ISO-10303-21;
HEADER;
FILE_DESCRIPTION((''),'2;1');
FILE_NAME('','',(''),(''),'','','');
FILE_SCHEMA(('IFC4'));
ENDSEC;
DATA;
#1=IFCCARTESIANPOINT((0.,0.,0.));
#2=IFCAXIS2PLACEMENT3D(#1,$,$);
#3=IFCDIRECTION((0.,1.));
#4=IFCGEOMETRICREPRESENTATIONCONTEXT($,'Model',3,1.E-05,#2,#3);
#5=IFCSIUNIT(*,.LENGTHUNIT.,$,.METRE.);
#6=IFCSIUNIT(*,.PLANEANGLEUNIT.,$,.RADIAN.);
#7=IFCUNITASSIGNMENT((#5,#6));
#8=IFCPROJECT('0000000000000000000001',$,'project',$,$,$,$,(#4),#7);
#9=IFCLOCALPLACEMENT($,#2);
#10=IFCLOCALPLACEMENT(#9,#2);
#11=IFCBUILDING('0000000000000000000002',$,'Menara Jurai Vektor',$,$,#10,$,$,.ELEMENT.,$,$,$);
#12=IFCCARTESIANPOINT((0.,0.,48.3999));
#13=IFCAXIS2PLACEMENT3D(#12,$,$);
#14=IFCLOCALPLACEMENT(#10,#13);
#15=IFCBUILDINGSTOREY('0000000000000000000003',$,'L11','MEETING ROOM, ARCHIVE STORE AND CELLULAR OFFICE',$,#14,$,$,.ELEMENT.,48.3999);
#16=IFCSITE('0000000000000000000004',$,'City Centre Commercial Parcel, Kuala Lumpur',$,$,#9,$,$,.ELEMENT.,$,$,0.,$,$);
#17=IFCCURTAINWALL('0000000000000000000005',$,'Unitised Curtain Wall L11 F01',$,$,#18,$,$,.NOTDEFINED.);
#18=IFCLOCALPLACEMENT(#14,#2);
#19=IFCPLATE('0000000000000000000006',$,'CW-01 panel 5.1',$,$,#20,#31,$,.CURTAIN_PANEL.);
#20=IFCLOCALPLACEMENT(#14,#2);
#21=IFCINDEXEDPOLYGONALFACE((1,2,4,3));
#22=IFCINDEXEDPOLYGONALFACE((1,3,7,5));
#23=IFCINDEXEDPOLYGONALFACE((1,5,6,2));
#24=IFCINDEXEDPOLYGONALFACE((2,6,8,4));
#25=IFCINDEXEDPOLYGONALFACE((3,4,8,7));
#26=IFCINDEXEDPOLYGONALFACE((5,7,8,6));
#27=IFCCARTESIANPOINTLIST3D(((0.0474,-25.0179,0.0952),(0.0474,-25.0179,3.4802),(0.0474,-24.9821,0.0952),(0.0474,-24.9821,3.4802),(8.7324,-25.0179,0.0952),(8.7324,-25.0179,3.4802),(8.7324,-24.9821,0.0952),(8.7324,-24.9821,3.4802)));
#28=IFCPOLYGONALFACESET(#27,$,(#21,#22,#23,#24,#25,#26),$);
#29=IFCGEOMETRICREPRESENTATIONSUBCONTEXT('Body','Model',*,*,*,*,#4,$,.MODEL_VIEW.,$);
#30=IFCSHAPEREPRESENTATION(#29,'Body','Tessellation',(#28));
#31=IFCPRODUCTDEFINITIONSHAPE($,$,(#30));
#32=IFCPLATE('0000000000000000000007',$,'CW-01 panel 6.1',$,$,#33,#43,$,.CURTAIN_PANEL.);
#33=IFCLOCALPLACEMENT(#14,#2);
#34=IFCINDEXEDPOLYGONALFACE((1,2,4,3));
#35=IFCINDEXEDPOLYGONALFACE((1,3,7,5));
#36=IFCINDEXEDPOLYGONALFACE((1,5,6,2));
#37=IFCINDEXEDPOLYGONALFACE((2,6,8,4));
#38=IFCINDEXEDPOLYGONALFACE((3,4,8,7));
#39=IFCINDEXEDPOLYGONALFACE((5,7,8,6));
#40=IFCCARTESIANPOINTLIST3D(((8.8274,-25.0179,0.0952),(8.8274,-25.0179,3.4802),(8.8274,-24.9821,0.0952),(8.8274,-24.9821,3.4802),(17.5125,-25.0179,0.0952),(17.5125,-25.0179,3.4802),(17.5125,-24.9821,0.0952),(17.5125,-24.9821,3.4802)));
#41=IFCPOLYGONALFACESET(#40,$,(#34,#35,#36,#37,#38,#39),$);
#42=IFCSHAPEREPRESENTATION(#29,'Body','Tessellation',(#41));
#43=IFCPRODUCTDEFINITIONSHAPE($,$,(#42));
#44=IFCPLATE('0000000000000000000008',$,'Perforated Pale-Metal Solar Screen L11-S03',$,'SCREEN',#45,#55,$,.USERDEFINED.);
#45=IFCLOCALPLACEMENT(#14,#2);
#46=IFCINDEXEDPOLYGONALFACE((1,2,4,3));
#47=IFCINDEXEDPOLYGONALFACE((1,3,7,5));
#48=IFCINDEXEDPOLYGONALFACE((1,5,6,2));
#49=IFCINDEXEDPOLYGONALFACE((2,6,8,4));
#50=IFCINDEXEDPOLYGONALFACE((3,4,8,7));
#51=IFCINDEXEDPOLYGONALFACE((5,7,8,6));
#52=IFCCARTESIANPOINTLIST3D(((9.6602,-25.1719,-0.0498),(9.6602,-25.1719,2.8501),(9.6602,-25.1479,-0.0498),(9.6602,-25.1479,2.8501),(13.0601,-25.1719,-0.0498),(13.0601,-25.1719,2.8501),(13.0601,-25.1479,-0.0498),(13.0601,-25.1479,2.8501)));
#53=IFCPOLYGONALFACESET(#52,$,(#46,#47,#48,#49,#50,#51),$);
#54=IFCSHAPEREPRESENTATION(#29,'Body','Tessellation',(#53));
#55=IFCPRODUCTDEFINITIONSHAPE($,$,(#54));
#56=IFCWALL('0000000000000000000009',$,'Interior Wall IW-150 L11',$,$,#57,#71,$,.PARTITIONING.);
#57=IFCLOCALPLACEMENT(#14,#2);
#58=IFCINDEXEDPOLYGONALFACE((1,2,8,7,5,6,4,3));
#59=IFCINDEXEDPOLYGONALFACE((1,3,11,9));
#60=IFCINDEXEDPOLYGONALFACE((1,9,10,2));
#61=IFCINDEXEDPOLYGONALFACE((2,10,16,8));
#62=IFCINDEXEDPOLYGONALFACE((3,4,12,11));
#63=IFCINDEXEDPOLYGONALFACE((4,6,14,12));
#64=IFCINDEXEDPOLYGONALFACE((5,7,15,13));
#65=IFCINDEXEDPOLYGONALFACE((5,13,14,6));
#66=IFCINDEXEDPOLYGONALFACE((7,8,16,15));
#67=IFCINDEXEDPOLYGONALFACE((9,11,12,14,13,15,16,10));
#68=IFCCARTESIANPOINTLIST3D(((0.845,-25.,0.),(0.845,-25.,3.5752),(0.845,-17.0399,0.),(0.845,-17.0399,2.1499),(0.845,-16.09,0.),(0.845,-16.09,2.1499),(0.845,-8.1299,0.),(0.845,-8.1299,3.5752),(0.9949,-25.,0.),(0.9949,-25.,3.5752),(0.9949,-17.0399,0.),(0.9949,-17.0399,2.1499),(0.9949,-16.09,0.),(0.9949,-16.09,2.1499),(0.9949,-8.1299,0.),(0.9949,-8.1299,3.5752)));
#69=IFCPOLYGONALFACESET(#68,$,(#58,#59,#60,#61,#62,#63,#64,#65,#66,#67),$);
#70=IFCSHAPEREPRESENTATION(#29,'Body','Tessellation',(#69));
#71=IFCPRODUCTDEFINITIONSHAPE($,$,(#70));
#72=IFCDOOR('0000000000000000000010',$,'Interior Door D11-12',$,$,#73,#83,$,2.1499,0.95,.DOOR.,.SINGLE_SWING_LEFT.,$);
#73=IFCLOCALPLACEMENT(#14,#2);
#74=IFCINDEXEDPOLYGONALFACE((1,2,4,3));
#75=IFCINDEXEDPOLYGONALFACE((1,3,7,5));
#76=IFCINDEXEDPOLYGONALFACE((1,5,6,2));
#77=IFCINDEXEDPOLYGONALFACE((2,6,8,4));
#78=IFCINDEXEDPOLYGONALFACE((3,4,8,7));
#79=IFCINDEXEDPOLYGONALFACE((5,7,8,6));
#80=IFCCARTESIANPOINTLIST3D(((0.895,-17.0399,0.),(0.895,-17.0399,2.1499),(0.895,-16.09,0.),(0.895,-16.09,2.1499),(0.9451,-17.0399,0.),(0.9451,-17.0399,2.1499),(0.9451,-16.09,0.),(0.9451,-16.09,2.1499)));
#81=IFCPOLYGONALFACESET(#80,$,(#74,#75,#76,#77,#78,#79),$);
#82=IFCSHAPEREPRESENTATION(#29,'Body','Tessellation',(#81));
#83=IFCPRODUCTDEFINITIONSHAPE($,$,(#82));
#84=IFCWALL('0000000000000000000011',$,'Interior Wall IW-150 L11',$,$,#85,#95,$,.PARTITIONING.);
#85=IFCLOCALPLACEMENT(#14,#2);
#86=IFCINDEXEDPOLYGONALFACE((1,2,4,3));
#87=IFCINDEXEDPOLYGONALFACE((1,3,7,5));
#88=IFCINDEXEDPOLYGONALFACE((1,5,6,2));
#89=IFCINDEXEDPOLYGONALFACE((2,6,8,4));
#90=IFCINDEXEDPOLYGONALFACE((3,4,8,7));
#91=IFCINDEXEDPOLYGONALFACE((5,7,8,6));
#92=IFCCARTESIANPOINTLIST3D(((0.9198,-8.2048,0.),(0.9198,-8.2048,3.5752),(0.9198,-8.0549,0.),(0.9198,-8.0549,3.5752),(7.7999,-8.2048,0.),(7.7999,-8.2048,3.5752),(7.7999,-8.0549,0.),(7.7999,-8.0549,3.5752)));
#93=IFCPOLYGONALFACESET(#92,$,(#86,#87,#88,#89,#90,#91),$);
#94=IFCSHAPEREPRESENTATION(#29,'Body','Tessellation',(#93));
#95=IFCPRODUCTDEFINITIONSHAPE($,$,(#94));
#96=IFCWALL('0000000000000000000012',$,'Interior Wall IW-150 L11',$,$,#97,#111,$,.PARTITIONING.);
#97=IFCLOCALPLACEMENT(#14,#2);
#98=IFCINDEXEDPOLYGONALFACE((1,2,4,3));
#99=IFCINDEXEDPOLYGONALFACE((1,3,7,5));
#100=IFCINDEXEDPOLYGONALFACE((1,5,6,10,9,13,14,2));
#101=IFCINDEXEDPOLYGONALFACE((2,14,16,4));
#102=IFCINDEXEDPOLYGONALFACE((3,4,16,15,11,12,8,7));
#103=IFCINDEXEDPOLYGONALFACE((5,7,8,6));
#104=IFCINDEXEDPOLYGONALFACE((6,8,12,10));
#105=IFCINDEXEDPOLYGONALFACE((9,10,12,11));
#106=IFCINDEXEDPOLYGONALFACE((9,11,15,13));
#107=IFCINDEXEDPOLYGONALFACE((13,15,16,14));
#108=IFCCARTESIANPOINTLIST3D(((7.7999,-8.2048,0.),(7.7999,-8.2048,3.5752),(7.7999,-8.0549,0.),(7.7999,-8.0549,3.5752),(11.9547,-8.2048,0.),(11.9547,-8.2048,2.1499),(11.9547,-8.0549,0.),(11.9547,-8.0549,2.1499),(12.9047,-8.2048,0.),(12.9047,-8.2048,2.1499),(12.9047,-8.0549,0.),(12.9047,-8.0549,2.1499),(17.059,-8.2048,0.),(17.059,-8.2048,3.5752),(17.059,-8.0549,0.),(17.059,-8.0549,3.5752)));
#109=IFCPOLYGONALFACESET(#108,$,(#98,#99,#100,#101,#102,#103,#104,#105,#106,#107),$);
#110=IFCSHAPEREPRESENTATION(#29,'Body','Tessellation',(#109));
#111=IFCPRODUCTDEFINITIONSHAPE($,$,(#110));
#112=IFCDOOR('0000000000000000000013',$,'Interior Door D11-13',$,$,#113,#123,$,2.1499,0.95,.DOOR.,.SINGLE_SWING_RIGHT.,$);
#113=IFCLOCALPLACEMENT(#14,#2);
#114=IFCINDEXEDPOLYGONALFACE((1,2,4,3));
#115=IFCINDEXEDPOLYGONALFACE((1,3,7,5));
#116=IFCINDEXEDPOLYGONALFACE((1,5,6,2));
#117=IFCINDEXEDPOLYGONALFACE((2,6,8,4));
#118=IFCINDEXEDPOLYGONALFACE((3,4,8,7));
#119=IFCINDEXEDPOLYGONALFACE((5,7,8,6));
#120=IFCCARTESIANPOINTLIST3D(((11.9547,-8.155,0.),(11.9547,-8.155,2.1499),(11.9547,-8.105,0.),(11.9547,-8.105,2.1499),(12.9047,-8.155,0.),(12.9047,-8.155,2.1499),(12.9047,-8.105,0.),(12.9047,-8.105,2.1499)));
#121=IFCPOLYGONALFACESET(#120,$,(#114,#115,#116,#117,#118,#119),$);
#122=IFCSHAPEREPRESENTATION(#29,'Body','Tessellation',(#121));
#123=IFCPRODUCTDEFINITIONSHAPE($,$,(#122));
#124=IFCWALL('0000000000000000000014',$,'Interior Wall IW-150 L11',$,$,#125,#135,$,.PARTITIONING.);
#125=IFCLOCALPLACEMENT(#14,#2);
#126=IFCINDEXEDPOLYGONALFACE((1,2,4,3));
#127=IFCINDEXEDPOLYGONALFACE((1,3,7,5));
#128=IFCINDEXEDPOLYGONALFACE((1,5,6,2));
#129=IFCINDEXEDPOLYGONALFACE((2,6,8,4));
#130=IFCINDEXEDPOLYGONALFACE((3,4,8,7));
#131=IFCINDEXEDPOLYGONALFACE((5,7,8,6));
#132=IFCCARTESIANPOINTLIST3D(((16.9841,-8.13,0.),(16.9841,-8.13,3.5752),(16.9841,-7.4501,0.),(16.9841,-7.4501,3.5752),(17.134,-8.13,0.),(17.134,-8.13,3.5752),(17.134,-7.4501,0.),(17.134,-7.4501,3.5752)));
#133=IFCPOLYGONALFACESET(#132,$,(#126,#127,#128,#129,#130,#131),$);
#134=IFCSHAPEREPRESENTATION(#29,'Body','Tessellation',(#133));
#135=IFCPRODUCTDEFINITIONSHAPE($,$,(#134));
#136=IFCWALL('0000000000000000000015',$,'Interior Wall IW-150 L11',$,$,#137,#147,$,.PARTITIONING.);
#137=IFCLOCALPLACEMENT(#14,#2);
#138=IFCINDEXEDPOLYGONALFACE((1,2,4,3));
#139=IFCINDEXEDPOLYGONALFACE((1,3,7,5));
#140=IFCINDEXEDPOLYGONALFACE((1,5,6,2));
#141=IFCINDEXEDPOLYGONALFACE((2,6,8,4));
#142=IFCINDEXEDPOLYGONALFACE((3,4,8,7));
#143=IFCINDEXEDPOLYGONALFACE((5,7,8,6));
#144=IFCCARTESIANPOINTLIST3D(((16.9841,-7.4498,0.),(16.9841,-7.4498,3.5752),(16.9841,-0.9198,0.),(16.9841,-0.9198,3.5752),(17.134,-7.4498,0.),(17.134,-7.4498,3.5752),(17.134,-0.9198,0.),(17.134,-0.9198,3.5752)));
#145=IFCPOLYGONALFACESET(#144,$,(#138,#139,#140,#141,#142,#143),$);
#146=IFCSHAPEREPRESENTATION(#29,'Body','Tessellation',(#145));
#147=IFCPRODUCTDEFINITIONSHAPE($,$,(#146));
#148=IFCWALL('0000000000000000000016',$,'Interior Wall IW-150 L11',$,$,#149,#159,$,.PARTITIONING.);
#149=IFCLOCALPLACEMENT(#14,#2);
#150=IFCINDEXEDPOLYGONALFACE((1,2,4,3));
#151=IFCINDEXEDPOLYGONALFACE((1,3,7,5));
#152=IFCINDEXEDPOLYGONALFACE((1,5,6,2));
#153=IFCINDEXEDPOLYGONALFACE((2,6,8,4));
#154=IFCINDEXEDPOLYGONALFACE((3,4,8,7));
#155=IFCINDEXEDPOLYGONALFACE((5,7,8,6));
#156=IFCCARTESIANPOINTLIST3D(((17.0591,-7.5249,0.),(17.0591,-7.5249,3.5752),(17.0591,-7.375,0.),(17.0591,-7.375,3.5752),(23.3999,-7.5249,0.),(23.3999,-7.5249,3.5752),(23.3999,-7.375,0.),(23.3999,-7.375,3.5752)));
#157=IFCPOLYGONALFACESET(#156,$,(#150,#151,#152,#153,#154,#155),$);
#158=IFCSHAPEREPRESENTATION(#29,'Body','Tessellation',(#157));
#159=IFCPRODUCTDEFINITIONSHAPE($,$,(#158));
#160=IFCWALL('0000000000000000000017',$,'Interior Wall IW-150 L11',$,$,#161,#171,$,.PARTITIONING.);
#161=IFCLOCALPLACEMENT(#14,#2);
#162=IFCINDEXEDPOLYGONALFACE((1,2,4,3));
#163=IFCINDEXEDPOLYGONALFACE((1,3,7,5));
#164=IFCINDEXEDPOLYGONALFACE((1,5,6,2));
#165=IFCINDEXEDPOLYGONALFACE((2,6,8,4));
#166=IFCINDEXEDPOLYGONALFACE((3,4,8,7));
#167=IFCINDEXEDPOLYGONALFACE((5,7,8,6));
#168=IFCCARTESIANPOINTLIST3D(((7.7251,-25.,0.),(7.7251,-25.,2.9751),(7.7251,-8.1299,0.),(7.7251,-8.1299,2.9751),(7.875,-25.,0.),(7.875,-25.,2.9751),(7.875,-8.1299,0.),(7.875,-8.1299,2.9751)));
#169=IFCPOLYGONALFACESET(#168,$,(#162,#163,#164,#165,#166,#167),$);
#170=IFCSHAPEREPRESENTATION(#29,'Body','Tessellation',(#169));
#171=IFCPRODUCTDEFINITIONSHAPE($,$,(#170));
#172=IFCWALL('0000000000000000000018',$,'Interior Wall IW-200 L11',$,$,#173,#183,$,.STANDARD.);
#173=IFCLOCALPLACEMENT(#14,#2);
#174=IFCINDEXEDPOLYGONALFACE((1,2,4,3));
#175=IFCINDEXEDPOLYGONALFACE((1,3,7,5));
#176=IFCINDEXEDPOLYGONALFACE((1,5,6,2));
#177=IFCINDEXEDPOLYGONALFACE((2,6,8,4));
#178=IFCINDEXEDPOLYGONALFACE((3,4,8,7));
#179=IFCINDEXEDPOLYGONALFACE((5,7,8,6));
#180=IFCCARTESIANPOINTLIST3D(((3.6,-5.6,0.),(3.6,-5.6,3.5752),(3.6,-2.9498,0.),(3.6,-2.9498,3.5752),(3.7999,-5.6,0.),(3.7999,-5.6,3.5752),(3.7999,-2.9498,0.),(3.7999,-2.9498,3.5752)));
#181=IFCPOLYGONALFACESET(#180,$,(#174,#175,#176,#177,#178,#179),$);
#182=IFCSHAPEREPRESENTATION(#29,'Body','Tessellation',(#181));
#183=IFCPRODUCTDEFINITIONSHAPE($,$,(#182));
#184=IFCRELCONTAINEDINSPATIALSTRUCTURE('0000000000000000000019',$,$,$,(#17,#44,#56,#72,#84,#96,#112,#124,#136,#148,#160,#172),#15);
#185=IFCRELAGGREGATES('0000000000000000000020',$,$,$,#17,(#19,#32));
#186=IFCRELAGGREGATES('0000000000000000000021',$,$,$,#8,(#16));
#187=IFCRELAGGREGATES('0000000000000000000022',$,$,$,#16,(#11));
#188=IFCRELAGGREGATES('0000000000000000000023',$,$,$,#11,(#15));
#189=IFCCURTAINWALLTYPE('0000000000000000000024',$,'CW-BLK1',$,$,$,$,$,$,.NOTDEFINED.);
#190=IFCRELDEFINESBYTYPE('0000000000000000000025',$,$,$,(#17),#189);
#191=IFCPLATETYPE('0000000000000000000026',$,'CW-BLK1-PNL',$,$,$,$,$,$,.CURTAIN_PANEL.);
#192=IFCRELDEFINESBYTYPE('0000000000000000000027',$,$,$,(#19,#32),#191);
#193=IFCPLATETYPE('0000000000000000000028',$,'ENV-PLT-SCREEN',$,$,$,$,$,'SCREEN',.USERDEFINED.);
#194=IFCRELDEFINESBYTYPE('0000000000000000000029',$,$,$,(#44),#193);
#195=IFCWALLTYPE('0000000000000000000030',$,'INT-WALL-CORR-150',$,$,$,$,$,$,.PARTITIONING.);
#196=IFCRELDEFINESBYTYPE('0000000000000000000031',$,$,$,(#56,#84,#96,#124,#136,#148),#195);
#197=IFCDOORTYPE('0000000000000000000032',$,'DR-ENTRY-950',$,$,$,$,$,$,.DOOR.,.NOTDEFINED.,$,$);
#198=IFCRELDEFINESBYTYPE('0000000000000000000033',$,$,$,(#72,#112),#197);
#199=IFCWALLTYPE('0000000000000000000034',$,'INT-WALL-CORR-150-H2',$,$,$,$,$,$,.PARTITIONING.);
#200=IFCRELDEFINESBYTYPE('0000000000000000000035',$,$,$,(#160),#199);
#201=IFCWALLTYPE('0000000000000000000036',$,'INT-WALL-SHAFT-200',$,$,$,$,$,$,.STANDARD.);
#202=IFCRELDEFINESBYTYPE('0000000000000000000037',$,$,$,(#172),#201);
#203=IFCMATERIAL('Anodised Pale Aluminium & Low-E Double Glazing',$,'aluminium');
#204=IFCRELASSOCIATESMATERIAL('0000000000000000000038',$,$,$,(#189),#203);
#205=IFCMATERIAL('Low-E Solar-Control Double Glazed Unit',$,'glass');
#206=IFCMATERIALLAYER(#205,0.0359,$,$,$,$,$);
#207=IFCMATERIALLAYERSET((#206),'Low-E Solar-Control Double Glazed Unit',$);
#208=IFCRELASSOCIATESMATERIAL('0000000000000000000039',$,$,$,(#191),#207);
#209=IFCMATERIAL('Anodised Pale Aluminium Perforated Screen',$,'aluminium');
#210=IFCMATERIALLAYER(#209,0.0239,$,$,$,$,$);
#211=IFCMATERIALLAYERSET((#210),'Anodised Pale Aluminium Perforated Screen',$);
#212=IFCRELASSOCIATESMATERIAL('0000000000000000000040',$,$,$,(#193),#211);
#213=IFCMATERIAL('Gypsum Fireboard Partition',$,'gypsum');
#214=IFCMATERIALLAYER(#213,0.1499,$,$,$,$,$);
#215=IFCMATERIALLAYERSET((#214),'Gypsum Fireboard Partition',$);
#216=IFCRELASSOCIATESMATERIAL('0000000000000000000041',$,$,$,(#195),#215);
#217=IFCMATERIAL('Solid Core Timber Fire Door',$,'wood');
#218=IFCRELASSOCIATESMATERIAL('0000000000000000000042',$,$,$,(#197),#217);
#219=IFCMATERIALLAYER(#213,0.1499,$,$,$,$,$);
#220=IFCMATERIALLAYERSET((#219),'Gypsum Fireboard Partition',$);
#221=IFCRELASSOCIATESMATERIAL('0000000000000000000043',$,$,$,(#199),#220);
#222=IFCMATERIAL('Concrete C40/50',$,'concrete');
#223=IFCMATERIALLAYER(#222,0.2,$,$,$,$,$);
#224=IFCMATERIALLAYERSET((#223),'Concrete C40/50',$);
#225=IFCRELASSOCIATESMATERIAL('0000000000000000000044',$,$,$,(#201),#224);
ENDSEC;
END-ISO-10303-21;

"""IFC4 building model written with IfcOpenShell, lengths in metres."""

from ifc_helpers import new_model, si_unit, direction, frame, frame_2d, origin, origin_2d, place, context, subcontext, project, spatial, rectangle, extrude, material, layer, layer_set, type_object, element, fill, aggregate, save


model = new_model("IFC4")

# Units and contexts
model_context = context("Model", 3, precision=1e-05, world=origin(), true_north=direction((0.0, 1.0)))
body_context = subcontext(model_context, "Body", "Model", "MODEL_VIEW")
ifc_project = project(units=[si_unit("LENGTHUNIT", "METRE"), si_unit("PLANEANGLEUNIT", "RADIAN")], contexts=[model_context])

# Site, building, storey
site_placement = place(None, origin())
site = spatial("IfcSite", under=ifc_project, at=site_placement, Name="City Centre Commercial Parcel, Kuala Lumpur", CompositionType="ELEMENT", RefElevation=0.0)
building_placement = place(site_placement, origin())
building = spatial("IfcBuilding", under=site, at=building_placement, Name="Menara Jurai Vektor", CompositionType="ELEMENT")
storey_placement = place(building_placement, frame((0.0, 0.0, 48.3999)))
storey = spatial("IfcBuildingStorey", under=building, at=storey_placement, Name="L11", Description="MEETING ROOM, ARCHIVE STORE AND CELLULAR OFFICE", CompositionType="ELEMENT", Elevation=48.3999)

# Curtain wall
ifc_material_1 = material(Name="Anodised Pale Aluminium & Low-E Double Glazing", Category="aluminium")
curtain_wall_type = type_object("IfcCurtainWallType", Name="CW-BLK1", PredefinedType="NOTDEFINED", material=ifc_material_1)
curtain_wall_placement = place(storey_placement, origin())
curtain_wall = element("IfcCurtainWall", 1, at=curtain_wall_placement, inside=storey, type_object=curtain_wall_type, Name="Unitised Curtain Wall L11 F01", PredefinedType="NOTDEFINED")

# Plates
ifc_material_2 = material(Name="Low-E Solar-Control Double Glazed Unit", Category="glass")
ifc_layer_1 = layer(ifc_material_2, 0.0359)
ifc_layer_set_1 = layer_set([ifc_layer_1], Name="Low-E Solar-Control Double Glazed Unit")
plate_type_1 = type_object("IfcPlateType", Name="CW-BLK1-PNL", PredefinedType="CURTAIN_PANEL", material=ifc_layer_set_1)
plate_1_placement = place(storey_placement, frame((4.3899, -25.0, 0.0952), z_axis=(0.0, 0.0, 1.0), x_axis=(1.0, 0.0, 0.0)))
plate_1 = element("IfcPlate", 2, at=plate_1_placement, type_object=plate_type_1, Name="CW-01 panel 5.1", PredefinedType="CURTAIN_PANEL", context=body_context, shape_type="SweptSolid", body=[
    extrude(rectangle(XDim=8.6851, YDim=0.0359, at=origin_2d()), origin(), (0.0, 0.0, 1.0), 3.385),
])
plate_2_placement = place(storey_placement, frame((13.1699, -25.0, 0.0952), z_axis=(0.0, 0.0, 1.0), x_axis=(1.0, 0.0, 0.0)))
plate_2 = element("IfcPlate", 3, at=plate_2_placement, type_object=plate_type_1, Name="CW-01 panel 6.1", PredefinedType="CURTAIN_PANEL", context=body_context, shape_type="SweptSolid", body=[
    extrude(rectangle(XDim=8.6851, YDim=0.0359, at=origin_2d()), origin(), (0.0, 0.0, 1.0), 3.385),
])
aggregate(curtain_wall, [plate_1, plate_2])
ifc_material_3 = material(Name="Anodised Pale Aluminium Perforated Screen", Category="aluminium")
ifc_layer_2 = layer(ifc_material_3, 0.0239)
ifc_layer_set_2 = layer_set([ifc_layer_2], Name="Anodised Pale Aluminium Perforated Screen")
plate_type_2 = type_object("IfcPlateType", Name="ENV-PLT-SCREEN", ElementType="SCREEN", PredefinedType="USERDEFINED", material=ifc_layer_set_2)
plate_3_placement = place(storey_placement, frame((11.3601, -25.1599, -0.0498), z_axis=(0.0, 0.0, 1.0), x_axis=(1.0, 0.0, 0.0)))
element("IfcPlate", 4, at=plate_3_placement, inside=storey, type_object=plate_type_2, Name="Perforated Pale-Metal Solar Screen L11-S03", ObjectType="SCREEN", PredefinedType="USERDEFINED", context=body_context, shape_type="SweptSolid", body=[
    extrude(rectangle(XDim=3.3999, YDim=0.0239, at=origin_2d()), origin(), (0.0, 0.0, 1.0), 2.8999),
])

# Wall, opening, door
ifc_material_4 = material(Name="Gypsum Fireboard Partition", Category="gypsum")
ifc_layer_3 = layer(ifc_material_4, 0.1499)
ifc_layer_set_3 = layer_set([ifc_layer_3], Name="Gypsum Fireboard Partition")
wall_type_1 = type_object("IfcWallType", Name="INT-WALL-CORR-150", PredefinedType="PARTITIONING", material=ifc_layer_set_3)
wall_1_placement = place(storey_placement, frame((0.9199, -25.0, 0.0), z_axis=(0.0, 0.0, 1.0), x_axis=(0.0, 1.0, 0.0)))
wall_1 = element("IfcWall", 5, at=wall_1_placement, inside=storey, type_object=wall_type_1, Name="Interior Wall IW-150 L11", PredefinedType="PARTITIONING", context=body_context, shape_type="SweptSolid", body=[
    extrude(rectangle(XDim=16.8701, YDim=0.1499, at=frame_2d((8.4351, 0.0))), origin(), (0.0, 0.0, 1.0), 3.5752),
])
opening_1_placement = place(wall_1_placement, frame((7.96, 0.0, 0.0)))
opening_1 = element("IfcOpeningElement", 6, at=opening_1_placement, cuts=wall_1, PredefinedType="OPENING", context=body_context, shape_type="SweptSolid", body=[
    extrude(rectangle(XDim=0.95, YDim=2.1499, at=frame_2d((0.4751, 1.075))), frame((0.0, 0.085, 0.0), z_axis=(0.0, -1.0, 0.0), x_axis=(1.0, 0.0, 0.0)), (0.0, 0.0, 1.0), 0.1699),
])
ifc_material_5 = material(Name="Solid Core Timber Fire Door", Category="wood")
door_type = type_object("IfcDoorType", Name="DR-ENTRY-950", OperationType="NOTDEFINED", PredefinedType="DOOR", material=ifc_material_5)
door_1_placement = place(opening_1_placement, origin())
door_1 = element("IfcDoor", 7, at=door_1_placement, inside=storey, type_object=door_type, Name="Interior Door D11-12", OperationType="SINGLE_SWING_LEFT", OverallHeight=2.1499, OverallWidth=0.95, PredefinedType="DOOR", context=body_context, shape_type="SweptSolid", body=[
    extrude(rectangle(XDim=0.95, YDim=2.1499, at=frame_2d((0.4751, 1.075))), frame((0.0, 0.0249, 0.0), z_axis=(0.0, -1.0, 0.0), x_axis=(1.0, 0.0, 0.0)), (0.0, 0.0, 1.0), 0.05),
])
fill(opening_1, door_1)

# Wall
wall_2_placement = place(storey_placement, frame((0.9199, -8.1299, 0.0), z_axis=(0.0, 0.0, 1.0), x_axis=(1.0, 0.0, 0.0)))
element("IfcWall", 8, at=wall_2_placement, inside=storey, type_object=wall_type_1, Name="Interior Wall IW-150 L11", PredefinedType="PARTITIONING", context=body_context, shape_type="SweptSolid", body=[
    extrude(rectangle(XDim=6.8801, YDim=0.1499, at=frame_2d((3.4399, 0.0))), origin(), (0.0, 0.0, 1.0), 3.5752),
])

# Wall, opening, door
wall_3_placement = place(storey_placement, frame((7.8, -8.1299, 0.0), z_axis=(0.0, 0.0, 1.0), x_axis=(1.0, 0.0, 0.0)))
wall_3 = element("IfcWall", 9, at=wall_3_placement, inside=storey, type_object=wall_type_1, Name="Interior Wall IW-150 L11", PredefinedType="PARTITIONING", context=body_context, shape_type="SweptSolid", body=[
    extrude(rectangle(XDim=9.259, YDim=0.1499, at=frame_2d((4.6294, 0.0))), origin(), (0.0, 0.0, 1.0), 3.5752),
])
opening_2_placement = place(wall_3_placement, frame((4.1545, 0.0, 0.0)))
opening_2 = element("IfcOpeningElement", 10, at=opening_2_placement, cuts=wall_3, PredefinedType="OPENING", context=body_context, shape_type="SweptSolid", body=[
    extrude(rectangle(XDim=0.95, YDim=2.1499, at=frame_2d((0.4751, 1.075))), frame((0.0, 0.085, 0.0), z_axis=(0.0, -1.0, 0.0), x_axis=(1.0, 0.0, 0.0)), (0.0, 0.0, 1.0), 0.1699),
])
door_2_placement = place(opening_2_placement, origin())
door_2 = element("IfcDoor", 11, at=door_2_placement, inside=storey, type_object=door_type, Name="Interior Door D11-13", OperationType="SINGLE_SWING_RIGHT", OverallHeight=2.1499, OverallWidth=0.95, PredefinedType="DOOR", context=body_context, shape_type="SweptSolid", body=[
    extrude(rectangle(XDim=0.95, YDim=2.1499, at=frame_2d((0.4751, 1.075))), frame((0.0, 0.0249, 0.0), z_axis=(0.0, -1.0, 0.0), x_axis=(1.0, 0.0, 0.0)), (0.0, 0.0, 1.0), 0.05),
])
fill(opening_2, door_2)

# Walls
wall_4_placement = place(storey_placement, frame((17.0591, -8.1299, 0.0), z_axis=(0.0, 0.0, 1.0), x_axis=(0.0, 1.0, 0.0)))
element("IfcWall", 12, at=wall_4_placement, inside=storey, type_object=wall_type_1, Name="Interior Wall IW-150 L11", PredefinedType="PARTITIONING", context=body_context, shape_type="SweptSolid", body=[
    extrude(rectangle(XDim=0.6799, YDim=0.1499, at=frame_2d((0.3398, 0.0))), origin(), (0.0, 0.0, 1.0), 3.5752),
])
wall_5_placement = place(storey_placement, frame((17.0591, -7.45, 0.0), z_axis=(0.0, 0.0, 1.0), x_axis=(0.0, 1.0, 0.0)))
element("IfcWall", 13, at=wall_5_placement, inside=storey, type_object=wall_type_1, Name="Interior Wall IW-150 L11", PredefinedType="PARTITIONING", context=body_context, shape_type="SweptSolid", body=[
    extrude(rectangle(XDim=6.53, YDim=0.1499, at=frame_2d((3.2651, 0.0))), origin(), (0.0, 0.0, 1.0), 3.5752),
])
wall_6_placement = place(storey_placement, frame((17.0591, -7.45, 0.0), z_axis=(0.0, 0.0, 1.0), x_axis=(1.0, 0.0, 0.0)))
element("IfcWall", 14, at=wall_6_placement, inside=storey, type_object=wall_type_1, Name="Interior Wall IW-150 L11", PredefinedType="PARTITIONING", context=body_context, shape_type="SweptSolid", body=[
    extrude(rectangle(XDim=6.3408, YDim=0.1499, at=frame_2d((3.1704, 0.0))), origin(), (0.0, 0.0, 1.0), 3.5752),
])
ifc_layer_4 = layer(ifc_material_4, 0.1499)
ifc_layer_set_4 = layer_set([ifc_layer_4], Name="Gypsum Fireboard Partition")
wall_type_2 = type_object("IfcWallType", Name="INT-WALL-CORR-150-H2", PredefinedType="PARTITIONING", material=ifc_layer_set_4)
wall_7_placement = place(storey_placement, frame((7.8, -25.0, 0.0), z_axis=(0.0, 0.0, 1.0), x_axis=(0.0, 1.0, 0.0)))
element("IfcWall", 15, at=wall_7_placement, inside=storey, type_object=wall_type_2, Name="Interior Wall IW-150 L11", PredefinedType="PARTITIONING", context=body_context, shape_type="SweptSolid", body=[
    extrude(rectangle(XDim=16.8701, YDim=0.1499, at=frame_2d((8.4351, 0.0))), origin(), (0.0, 0.0, 1.0), 2.9751),
])
ifc_material_6 = material(Name="Concrete C40/50", Category="concrete")
ifc_layer_5 = layer(ifc_material_6, 0.2)
ifc_layer_set_5 = layer_set([ifc_layer_5], Name="Concrete C40/50")
wall_type_3 = type_object("IfcWallType", Name="INT-WALL-SHAFT-200", PredefinedType="STANDARD", material=ifc_layer_set_5)
wall_8_placement = place(storey_placement, frame((3.7, -5.6001, 0.0), z_axis=(0.0, 0.0, 1.0), x_axis=(0.0, 1.0, 0.0)))
element("IfcWall", 16, at=wall_8_placement, inside=storey, type_object=wall_type_3, Name="Interior Wall IW-200 L11", PredefinedType="STANDARD", context=body_context, shape_type="SweptSolid", body=[
    extrude(rectangle(XDim=2.6501, YDim=0.2, at=frame_2d((1.3252, 0.0))), origin(), (0.0, 0.0, 1.0), 3.5752),
])

save(model, "model.ifc")
